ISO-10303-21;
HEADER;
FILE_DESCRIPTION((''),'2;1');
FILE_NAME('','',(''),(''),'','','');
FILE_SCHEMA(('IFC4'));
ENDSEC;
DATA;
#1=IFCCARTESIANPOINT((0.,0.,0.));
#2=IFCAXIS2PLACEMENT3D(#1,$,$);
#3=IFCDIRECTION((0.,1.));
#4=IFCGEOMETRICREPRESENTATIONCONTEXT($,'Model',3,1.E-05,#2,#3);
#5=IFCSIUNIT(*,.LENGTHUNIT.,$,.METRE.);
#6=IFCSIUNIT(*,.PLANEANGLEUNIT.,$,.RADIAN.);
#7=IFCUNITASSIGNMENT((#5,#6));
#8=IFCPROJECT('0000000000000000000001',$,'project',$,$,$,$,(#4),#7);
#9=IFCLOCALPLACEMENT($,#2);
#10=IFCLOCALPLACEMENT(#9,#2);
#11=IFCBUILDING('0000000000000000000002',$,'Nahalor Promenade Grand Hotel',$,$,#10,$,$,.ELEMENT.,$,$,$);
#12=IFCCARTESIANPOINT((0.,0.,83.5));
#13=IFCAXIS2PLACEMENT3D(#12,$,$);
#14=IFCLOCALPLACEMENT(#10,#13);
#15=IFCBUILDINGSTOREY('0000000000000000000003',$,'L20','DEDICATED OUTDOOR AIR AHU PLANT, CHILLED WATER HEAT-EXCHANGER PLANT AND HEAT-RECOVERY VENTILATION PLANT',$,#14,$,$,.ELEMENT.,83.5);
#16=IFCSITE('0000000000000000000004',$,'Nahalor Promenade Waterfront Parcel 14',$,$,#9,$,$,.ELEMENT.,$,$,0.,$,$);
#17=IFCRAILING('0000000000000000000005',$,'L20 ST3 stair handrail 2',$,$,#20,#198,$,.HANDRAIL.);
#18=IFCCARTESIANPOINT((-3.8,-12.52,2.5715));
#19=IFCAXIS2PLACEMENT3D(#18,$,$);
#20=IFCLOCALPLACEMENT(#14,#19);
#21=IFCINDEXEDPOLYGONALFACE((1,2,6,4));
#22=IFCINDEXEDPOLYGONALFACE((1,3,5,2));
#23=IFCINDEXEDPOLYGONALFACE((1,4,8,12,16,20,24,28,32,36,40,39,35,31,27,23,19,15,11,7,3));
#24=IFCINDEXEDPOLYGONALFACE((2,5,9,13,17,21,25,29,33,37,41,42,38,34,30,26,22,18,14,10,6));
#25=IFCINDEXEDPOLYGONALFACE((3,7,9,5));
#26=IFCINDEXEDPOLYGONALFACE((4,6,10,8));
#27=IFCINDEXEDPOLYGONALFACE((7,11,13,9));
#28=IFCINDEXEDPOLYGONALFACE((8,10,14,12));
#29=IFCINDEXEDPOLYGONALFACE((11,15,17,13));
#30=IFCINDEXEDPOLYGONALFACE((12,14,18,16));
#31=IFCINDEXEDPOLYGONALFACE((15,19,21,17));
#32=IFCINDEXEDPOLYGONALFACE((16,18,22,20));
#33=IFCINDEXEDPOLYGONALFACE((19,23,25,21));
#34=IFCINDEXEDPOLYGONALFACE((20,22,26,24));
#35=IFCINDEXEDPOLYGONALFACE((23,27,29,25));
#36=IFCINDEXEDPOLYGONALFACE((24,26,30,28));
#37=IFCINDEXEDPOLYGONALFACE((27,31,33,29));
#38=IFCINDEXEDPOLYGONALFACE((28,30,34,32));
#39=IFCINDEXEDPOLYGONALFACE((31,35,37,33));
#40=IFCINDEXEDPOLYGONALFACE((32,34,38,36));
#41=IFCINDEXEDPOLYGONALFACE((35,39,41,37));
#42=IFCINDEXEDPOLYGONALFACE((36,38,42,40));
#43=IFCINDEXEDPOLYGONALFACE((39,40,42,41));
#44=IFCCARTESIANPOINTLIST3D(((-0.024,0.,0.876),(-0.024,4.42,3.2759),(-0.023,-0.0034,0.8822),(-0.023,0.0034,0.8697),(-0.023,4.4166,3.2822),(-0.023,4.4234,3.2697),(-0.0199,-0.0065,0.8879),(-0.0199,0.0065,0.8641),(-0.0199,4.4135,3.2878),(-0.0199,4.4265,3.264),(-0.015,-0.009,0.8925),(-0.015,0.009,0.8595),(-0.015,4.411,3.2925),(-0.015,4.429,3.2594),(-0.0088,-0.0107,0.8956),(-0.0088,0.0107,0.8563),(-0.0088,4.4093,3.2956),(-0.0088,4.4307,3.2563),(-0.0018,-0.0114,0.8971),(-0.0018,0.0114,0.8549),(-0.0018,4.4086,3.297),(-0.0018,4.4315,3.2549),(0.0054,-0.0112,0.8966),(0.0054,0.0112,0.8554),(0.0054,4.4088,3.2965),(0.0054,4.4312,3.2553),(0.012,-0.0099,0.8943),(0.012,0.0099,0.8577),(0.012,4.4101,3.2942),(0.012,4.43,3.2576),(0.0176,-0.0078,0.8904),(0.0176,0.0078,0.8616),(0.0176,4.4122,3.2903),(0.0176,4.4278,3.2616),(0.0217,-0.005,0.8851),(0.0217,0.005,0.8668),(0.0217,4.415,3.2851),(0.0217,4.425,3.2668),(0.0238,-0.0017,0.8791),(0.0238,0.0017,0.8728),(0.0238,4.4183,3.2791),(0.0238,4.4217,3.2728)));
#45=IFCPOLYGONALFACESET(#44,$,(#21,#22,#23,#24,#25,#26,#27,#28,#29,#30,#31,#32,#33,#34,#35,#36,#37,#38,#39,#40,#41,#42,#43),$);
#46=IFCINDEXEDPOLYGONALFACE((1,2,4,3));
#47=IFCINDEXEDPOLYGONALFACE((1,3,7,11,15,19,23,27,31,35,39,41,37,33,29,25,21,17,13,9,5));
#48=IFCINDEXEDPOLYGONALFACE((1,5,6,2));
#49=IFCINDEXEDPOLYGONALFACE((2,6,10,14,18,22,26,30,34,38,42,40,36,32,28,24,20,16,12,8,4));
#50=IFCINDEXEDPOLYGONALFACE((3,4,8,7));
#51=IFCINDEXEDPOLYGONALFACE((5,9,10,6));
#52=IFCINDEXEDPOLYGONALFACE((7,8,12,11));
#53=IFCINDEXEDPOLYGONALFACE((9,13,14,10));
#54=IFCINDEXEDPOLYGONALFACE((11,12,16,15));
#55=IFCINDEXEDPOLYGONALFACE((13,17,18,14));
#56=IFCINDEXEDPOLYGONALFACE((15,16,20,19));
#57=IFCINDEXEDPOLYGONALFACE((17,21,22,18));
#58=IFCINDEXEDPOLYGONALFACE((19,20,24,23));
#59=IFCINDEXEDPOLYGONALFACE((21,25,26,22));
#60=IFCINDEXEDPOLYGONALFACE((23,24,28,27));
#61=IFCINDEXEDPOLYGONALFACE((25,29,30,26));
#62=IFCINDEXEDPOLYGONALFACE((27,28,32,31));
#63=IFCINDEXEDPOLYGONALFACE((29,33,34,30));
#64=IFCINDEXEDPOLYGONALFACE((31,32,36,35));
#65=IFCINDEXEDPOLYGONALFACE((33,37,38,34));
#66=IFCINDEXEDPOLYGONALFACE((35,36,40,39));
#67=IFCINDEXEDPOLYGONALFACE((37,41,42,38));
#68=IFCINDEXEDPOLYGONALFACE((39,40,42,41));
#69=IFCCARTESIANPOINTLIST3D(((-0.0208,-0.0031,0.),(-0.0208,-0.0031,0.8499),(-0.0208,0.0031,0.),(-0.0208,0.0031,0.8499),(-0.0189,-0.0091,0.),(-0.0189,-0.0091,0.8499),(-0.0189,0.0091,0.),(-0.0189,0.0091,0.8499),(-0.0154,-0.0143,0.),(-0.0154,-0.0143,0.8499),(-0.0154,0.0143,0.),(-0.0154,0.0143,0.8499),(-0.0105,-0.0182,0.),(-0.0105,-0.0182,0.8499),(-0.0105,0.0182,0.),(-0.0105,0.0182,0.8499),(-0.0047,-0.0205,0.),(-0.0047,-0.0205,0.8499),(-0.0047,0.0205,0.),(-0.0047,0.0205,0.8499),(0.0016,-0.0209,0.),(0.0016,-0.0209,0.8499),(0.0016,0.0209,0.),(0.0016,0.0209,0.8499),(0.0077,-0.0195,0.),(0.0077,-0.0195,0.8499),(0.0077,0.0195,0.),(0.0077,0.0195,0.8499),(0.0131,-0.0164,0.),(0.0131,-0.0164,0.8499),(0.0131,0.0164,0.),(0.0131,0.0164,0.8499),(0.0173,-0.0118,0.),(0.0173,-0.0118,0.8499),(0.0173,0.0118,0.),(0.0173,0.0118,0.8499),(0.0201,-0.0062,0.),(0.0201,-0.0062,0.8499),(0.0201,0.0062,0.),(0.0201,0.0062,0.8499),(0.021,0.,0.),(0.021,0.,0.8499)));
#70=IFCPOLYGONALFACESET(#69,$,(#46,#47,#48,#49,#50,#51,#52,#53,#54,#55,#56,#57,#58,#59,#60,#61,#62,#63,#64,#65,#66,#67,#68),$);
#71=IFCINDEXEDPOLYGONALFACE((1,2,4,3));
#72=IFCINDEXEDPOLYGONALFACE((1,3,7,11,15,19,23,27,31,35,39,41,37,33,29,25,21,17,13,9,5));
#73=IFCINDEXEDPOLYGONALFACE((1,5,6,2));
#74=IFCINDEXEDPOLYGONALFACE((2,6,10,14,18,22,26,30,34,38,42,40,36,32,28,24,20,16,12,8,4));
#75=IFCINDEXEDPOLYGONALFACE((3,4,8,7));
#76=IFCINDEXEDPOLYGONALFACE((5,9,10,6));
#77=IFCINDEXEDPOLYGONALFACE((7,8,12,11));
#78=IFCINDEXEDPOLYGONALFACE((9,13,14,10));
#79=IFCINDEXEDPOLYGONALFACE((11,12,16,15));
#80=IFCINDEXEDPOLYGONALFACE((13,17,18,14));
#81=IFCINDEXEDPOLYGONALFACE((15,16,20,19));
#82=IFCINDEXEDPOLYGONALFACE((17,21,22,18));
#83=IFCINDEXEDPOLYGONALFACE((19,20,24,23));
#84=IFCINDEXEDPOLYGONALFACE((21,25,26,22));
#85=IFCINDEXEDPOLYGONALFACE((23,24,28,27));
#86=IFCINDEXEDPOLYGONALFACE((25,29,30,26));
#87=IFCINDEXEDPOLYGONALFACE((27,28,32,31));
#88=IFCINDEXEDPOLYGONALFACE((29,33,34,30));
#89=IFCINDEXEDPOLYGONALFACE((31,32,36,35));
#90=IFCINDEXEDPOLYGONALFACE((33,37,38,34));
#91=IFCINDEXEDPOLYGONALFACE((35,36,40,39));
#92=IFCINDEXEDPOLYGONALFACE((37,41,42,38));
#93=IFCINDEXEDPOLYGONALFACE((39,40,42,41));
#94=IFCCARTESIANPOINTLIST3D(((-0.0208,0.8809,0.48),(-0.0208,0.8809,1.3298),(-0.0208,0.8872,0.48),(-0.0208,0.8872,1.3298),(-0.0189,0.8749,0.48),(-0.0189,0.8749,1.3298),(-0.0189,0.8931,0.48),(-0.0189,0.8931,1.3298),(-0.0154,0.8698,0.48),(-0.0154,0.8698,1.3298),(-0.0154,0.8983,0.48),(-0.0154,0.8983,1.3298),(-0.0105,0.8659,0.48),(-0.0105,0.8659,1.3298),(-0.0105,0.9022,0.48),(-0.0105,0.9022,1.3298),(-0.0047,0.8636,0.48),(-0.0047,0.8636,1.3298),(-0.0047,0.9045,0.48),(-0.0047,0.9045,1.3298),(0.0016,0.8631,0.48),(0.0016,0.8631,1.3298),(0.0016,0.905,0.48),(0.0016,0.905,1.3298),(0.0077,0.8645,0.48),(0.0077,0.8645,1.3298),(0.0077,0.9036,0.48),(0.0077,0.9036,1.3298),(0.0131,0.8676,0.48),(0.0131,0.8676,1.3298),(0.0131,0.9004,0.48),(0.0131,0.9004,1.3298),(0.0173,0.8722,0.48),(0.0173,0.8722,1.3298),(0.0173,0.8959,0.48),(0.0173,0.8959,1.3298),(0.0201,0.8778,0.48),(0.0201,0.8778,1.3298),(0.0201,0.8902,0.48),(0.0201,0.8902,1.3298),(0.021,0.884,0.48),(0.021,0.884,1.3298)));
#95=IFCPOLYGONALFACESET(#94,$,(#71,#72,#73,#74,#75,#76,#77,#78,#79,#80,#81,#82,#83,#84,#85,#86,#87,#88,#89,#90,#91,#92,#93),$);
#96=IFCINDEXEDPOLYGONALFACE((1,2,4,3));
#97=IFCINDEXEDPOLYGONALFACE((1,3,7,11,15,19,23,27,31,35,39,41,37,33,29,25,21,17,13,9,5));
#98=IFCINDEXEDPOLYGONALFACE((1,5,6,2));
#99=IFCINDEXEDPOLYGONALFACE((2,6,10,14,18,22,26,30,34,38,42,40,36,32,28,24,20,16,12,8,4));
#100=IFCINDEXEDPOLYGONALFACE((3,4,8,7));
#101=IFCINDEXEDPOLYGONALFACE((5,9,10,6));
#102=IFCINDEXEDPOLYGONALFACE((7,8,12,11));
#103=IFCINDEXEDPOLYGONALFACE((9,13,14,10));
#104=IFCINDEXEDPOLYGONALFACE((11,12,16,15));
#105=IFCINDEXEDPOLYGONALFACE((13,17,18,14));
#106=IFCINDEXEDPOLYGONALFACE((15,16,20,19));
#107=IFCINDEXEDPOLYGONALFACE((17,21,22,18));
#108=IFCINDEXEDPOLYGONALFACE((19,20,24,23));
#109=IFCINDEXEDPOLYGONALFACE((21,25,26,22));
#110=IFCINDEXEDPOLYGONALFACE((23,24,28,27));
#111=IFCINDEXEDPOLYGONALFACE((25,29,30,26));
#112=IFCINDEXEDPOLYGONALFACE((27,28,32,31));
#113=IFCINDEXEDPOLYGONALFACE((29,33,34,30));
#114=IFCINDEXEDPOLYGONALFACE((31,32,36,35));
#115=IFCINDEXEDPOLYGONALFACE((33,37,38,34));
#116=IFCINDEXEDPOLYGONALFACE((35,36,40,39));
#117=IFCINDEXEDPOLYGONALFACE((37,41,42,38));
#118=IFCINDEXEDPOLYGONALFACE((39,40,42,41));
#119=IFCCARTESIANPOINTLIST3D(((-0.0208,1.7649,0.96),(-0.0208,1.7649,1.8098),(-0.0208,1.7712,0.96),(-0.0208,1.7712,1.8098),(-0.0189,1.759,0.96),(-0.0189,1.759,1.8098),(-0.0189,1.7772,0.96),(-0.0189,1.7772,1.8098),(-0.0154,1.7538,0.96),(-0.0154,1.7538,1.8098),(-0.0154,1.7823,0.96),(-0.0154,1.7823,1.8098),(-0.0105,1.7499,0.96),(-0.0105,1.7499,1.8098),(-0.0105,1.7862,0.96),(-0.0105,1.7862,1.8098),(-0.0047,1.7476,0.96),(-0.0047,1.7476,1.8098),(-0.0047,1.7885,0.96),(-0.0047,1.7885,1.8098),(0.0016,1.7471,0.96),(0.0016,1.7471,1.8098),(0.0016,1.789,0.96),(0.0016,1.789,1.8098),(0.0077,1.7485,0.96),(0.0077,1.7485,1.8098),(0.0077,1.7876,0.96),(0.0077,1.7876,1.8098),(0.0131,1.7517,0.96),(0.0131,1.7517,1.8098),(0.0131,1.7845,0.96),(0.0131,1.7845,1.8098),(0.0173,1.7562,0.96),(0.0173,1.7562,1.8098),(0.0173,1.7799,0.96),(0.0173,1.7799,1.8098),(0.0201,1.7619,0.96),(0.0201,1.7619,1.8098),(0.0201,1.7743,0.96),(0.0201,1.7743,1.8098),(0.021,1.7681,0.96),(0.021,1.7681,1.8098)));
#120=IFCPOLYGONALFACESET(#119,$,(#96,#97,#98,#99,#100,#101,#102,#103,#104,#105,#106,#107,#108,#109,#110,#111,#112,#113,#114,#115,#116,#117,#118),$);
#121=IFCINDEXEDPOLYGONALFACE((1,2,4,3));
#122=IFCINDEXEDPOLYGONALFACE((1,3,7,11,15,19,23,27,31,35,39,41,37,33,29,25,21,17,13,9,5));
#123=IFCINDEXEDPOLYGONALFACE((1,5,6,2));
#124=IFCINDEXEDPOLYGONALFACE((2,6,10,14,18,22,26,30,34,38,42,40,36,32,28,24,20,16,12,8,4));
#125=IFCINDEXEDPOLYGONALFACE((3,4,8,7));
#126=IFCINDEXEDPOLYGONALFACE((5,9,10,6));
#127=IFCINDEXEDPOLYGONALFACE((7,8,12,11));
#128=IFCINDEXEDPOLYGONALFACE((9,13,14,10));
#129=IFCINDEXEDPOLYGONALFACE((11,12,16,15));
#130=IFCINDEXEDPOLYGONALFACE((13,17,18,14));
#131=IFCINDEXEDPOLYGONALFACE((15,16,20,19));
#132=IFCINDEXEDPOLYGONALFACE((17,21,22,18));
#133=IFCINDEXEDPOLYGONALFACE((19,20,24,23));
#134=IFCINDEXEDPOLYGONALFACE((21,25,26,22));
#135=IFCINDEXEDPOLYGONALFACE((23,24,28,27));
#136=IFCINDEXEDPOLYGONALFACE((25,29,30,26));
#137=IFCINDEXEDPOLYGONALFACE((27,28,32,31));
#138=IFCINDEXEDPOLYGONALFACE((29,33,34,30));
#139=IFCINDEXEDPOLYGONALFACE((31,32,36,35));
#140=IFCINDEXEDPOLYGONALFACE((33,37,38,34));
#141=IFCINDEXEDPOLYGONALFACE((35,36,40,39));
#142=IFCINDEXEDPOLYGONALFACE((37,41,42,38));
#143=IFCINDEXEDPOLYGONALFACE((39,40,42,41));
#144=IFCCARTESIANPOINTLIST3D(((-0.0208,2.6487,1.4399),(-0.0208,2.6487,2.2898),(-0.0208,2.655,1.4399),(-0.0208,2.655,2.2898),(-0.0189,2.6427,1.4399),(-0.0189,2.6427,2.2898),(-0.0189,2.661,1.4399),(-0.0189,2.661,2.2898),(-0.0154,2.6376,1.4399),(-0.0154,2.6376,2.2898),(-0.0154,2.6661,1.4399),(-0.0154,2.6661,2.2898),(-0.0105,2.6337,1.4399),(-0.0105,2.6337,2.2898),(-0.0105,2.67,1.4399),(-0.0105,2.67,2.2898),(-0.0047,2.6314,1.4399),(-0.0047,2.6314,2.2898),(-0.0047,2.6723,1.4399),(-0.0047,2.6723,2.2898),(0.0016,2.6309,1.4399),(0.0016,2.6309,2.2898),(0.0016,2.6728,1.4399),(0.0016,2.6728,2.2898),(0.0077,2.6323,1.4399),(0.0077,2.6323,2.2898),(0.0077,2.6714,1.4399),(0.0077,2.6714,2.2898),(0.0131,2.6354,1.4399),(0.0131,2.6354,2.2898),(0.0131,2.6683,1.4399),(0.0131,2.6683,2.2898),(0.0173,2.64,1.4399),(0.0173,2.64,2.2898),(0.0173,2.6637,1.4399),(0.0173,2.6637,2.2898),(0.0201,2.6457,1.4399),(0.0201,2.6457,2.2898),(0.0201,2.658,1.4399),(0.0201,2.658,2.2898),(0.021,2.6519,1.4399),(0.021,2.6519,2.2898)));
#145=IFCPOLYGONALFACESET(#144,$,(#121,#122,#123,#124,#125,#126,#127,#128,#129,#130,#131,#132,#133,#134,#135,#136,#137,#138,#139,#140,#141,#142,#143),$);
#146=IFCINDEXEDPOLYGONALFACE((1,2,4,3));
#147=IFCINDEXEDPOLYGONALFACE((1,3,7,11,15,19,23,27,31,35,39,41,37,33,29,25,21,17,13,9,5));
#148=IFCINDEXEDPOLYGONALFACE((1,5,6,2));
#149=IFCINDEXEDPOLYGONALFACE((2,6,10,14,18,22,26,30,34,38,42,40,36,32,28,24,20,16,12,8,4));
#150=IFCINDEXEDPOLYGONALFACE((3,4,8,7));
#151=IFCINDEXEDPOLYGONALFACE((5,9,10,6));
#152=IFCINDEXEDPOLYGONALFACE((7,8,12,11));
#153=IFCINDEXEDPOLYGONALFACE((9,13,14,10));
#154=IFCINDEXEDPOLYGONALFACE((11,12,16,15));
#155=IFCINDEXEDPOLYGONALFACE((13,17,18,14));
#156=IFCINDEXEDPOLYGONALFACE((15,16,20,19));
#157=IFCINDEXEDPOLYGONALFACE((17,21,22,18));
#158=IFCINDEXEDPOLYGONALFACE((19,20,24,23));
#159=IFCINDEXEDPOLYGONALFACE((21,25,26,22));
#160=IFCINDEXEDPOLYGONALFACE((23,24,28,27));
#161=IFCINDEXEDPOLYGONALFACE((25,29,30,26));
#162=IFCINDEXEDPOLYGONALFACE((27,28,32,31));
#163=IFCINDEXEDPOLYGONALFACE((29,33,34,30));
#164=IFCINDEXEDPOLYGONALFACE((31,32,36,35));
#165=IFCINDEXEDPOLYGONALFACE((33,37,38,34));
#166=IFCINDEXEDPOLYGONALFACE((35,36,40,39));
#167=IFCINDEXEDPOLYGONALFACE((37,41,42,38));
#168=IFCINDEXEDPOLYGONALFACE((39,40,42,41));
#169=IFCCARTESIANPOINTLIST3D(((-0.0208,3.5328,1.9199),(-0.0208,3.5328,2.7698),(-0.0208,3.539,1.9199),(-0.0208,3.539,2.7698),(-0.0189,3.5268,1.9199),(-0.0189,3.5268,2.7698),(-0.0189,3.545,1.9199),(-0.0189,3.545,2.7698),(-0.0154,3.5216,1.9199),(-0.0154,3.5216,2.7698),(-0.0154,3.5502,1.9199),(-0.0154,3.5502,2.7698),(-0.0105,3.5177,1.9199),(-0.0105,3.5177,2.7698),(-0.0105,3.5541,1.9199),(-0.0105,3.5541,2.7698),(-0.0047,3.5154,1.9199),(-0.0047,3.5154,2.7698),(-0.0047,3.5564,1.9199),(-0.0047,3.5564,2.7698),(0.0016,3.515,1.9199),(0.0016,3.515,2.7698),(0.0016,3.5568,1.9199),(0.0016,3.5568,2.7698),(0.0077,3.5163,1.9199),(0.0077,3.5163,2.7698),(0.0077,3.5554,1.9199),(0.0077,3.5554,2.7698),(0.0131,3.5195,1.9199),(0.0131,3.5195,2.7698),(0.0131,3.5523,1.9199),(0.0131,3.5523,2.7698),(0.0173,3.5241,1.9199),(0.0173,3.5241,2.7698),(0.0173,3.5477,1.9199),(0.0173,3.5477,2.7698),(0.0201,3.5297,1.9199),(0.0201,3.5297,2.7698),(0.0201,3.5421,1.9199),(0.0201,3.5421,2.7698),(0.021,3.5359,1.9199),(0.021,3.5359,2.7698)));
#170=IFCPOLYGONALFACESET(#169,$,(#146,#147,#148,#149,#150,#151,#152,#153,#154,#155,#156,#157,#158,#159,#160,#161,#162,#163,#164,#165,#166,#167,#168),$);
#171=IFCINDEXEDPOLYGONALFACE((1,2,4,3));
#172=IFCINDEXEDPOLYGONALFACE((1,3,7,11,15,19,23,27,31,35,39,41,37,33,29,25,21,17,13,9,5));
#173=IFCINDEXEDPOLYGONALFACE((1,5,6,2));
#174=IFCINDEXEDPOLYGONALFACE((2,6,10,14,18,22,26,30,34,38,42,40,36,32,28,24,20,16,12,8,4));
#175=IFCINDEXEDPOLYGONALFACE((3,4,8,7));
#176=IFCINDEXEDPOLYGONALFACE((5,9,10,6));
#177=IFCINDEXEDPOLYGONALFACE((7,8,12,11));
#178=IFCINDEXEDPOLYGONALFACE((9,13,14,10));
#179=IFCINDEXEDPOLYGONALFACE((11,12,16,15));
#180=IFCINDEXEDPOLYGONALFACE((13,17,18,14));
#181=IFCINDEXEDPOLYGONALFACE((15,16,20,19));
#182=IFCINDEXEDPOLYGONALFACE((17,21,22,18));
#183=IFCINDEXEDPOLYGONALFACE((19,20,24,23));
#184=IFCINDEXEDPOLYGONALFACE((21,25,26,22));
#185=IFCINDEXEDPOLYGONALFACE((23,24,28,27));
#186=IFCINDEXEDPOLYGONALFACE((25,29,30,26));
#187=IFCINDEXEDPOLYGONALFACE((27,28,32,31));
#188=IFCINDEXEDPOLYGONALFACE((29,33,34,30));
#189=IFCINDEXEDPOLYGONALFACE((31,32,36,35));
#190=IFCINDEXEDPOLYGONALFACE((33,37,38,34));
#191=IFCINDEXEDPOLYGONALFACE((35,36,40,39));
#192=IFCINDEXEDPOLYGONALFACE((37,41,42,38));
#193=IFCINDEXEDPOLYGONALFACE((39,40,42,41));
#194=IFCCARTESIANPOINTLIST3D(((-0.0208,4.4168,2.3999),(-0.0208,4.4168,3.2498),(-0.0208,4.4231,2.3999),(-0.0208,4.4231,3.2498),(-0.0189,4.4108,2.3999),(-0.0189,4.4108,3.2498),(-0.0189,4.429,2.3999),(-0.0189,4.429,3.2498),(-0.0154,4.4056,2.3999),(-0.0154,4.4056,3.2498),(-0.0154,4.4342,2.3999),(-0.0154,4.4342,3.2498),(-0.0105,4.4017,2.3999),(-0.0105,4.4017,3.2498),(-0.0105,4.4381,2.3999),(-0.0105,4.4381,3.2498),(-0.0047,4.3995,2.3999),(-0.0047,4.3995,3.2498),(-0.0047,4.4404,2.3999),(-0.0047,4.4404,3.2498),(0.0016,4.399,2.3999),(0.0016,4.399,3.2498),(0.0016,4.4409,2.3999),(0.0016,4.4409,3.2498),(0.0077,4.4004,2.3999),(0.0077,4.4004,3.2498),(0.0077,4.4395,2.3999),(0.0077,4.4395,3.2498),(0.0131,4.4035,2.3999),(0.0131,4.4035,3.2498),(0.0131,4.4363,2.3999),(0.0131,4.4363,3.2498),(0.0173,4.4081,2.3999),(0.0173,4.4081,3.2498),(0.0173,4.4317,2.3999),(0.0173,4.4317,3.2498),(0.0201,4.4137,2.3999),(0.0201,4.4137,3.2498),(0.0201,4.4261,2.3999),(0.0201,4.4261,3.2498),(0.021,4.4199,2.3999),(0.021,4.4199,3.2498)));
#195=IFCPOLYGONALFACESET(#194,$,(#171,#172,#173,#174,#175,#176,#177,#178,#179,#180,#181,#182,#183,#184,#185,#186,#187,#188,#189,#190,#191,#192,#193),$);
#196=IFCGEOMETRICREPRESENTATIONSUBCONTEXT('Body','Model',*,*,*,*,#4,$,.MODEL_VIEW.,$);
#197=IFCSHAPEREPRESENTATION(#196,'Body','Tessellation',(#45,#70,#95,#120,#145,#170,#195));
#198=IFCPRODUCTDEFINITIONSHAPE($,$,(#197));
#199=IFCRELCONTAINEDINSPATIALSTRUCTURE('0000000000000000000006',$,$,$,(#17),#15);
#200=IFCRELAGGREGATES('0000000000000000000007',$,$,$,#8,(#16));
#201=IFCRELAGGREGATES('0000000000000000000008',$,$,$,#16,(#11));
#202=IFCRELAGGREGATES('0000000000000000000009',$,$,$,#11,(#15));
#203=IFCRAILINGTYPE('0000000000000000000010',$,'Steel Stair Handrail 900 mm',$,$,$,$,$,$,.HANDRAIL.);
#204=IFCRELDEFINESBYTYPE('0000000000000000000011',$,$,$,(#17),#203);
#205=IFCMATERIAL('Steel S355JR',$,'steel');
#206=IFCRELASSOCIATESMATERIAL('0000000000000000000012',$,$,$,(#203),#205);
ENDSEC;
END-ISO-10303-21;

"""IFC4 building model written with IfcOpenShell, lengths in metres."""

from ifc_helpers import new_model, si_unit, direction, frame, origin, origin_2d, place, context, subcontext, project, spatial, circle, extrude, material, type_object, element, save


model = new_model("IFC4")

# Units and contexts
model_context = context("Model", 3, precision=1e-05, world=origin(), true_north=direction((0.0, 1.0)))
body_context = subcontext(model_context, "Body", "Model", "MODEL_VIEW")
ifc_project = project(units=[si_unit("LENGTHUNIT", "METRE"), si_unit("PLANEANGLEUNIT", "RADIAN")], contexts=[model_context])

# Site, building, storey
site_placement = place(None, origin())
site = spatial("IfcSite", under=ifc_project, at=site_placement, Name="Nahalor Promenade Waterfront Parcel 14", CompositionType="ELEMENT", RefElevation=0.0)
building_placement = place(site_placement, origin())
building = spatial("IfcBuilding", under=site, at=building_placement, Name="Nahalor Promenade Grand Hotel", CompositionType="ELEMENT")
storey_placement = place(building_placement, frame((0.0, 0.0, 83.5)))
storey = spatial("IfcBuildingStorey", under=building, at=storey_placement, Name="L20", Description="DEDICATED OUTDOOR AIR AHU PLANT, CHILLED WATER HEAT-EXCHANGER PLANT AND HEAT-RECOVERY VENTILATION PLANT", CompositionType="ELEMENT", Elevation=83.5)

# Shared definitions
ifc_material_1 = material(Name="Steel S355JR", Category="steel")

# Railing
railing_type_1 = type_object("IfcRailingType", Name="Steel Stair Handrail 900 mm", PredefinedType="HANDRAIL", material=ifc_material_1)
railing_1_placement = place(storey_placement, frame((-3.8, -12.52, 2.5715)))
element("IfcRailing", 1, at=railing_1_placement, inside=storey, type_object=railing_type_1, Name="L20 ST3 stair handrail 2", PredefinedType="HANDRAIL", context=body_context, shape_type="SweptSolid", body=[
    extrude(circle(Radius=0.024, at=origin_2d()), frame((0.0, 0.0, 0.876), z_axis=(0.0, 0.87881, 0.477171), x_axis=(-1.0, 0.0, 0.0)), (0.0, 0.0, 1.0), 5.0295),
    extrude(circle(Radius=0.021, at=origin_2d()), origin(), (0.0, 0.0, 1.0), 0.8499),
    extrude(circle(Radius=0.021, at=origin_2d()), frame((0.0, 0.884, 0.48)), (0.0, 0.0, 1.0), 0.8499),
    extrude(circle(Radius=0.021, at=origin_2d()), frame((0.0, 1.7681, 0.96)), (0.0, 0.0, 1.0), 0.8499),
    extrude(circle(Radius=0.021, at=origin_2d()), frame((0.0, 2.6519, 1.4399)), (0.0, 0.0, 1.0), 0.8499),
    extrude(circle(Radius=0.021, at=origin_2d()), frame((0.0, 3.5359, 1.9199)), (0.0, 0.0, 1.0), 0.8499),
    extrude(circle(Radius=0.021, at=origin_2d()), frame((0.0, 4.4199, 2.3999)), (0.0, 0.0, 1.0), 0.8499),
])

save(model, "model.ifc")
